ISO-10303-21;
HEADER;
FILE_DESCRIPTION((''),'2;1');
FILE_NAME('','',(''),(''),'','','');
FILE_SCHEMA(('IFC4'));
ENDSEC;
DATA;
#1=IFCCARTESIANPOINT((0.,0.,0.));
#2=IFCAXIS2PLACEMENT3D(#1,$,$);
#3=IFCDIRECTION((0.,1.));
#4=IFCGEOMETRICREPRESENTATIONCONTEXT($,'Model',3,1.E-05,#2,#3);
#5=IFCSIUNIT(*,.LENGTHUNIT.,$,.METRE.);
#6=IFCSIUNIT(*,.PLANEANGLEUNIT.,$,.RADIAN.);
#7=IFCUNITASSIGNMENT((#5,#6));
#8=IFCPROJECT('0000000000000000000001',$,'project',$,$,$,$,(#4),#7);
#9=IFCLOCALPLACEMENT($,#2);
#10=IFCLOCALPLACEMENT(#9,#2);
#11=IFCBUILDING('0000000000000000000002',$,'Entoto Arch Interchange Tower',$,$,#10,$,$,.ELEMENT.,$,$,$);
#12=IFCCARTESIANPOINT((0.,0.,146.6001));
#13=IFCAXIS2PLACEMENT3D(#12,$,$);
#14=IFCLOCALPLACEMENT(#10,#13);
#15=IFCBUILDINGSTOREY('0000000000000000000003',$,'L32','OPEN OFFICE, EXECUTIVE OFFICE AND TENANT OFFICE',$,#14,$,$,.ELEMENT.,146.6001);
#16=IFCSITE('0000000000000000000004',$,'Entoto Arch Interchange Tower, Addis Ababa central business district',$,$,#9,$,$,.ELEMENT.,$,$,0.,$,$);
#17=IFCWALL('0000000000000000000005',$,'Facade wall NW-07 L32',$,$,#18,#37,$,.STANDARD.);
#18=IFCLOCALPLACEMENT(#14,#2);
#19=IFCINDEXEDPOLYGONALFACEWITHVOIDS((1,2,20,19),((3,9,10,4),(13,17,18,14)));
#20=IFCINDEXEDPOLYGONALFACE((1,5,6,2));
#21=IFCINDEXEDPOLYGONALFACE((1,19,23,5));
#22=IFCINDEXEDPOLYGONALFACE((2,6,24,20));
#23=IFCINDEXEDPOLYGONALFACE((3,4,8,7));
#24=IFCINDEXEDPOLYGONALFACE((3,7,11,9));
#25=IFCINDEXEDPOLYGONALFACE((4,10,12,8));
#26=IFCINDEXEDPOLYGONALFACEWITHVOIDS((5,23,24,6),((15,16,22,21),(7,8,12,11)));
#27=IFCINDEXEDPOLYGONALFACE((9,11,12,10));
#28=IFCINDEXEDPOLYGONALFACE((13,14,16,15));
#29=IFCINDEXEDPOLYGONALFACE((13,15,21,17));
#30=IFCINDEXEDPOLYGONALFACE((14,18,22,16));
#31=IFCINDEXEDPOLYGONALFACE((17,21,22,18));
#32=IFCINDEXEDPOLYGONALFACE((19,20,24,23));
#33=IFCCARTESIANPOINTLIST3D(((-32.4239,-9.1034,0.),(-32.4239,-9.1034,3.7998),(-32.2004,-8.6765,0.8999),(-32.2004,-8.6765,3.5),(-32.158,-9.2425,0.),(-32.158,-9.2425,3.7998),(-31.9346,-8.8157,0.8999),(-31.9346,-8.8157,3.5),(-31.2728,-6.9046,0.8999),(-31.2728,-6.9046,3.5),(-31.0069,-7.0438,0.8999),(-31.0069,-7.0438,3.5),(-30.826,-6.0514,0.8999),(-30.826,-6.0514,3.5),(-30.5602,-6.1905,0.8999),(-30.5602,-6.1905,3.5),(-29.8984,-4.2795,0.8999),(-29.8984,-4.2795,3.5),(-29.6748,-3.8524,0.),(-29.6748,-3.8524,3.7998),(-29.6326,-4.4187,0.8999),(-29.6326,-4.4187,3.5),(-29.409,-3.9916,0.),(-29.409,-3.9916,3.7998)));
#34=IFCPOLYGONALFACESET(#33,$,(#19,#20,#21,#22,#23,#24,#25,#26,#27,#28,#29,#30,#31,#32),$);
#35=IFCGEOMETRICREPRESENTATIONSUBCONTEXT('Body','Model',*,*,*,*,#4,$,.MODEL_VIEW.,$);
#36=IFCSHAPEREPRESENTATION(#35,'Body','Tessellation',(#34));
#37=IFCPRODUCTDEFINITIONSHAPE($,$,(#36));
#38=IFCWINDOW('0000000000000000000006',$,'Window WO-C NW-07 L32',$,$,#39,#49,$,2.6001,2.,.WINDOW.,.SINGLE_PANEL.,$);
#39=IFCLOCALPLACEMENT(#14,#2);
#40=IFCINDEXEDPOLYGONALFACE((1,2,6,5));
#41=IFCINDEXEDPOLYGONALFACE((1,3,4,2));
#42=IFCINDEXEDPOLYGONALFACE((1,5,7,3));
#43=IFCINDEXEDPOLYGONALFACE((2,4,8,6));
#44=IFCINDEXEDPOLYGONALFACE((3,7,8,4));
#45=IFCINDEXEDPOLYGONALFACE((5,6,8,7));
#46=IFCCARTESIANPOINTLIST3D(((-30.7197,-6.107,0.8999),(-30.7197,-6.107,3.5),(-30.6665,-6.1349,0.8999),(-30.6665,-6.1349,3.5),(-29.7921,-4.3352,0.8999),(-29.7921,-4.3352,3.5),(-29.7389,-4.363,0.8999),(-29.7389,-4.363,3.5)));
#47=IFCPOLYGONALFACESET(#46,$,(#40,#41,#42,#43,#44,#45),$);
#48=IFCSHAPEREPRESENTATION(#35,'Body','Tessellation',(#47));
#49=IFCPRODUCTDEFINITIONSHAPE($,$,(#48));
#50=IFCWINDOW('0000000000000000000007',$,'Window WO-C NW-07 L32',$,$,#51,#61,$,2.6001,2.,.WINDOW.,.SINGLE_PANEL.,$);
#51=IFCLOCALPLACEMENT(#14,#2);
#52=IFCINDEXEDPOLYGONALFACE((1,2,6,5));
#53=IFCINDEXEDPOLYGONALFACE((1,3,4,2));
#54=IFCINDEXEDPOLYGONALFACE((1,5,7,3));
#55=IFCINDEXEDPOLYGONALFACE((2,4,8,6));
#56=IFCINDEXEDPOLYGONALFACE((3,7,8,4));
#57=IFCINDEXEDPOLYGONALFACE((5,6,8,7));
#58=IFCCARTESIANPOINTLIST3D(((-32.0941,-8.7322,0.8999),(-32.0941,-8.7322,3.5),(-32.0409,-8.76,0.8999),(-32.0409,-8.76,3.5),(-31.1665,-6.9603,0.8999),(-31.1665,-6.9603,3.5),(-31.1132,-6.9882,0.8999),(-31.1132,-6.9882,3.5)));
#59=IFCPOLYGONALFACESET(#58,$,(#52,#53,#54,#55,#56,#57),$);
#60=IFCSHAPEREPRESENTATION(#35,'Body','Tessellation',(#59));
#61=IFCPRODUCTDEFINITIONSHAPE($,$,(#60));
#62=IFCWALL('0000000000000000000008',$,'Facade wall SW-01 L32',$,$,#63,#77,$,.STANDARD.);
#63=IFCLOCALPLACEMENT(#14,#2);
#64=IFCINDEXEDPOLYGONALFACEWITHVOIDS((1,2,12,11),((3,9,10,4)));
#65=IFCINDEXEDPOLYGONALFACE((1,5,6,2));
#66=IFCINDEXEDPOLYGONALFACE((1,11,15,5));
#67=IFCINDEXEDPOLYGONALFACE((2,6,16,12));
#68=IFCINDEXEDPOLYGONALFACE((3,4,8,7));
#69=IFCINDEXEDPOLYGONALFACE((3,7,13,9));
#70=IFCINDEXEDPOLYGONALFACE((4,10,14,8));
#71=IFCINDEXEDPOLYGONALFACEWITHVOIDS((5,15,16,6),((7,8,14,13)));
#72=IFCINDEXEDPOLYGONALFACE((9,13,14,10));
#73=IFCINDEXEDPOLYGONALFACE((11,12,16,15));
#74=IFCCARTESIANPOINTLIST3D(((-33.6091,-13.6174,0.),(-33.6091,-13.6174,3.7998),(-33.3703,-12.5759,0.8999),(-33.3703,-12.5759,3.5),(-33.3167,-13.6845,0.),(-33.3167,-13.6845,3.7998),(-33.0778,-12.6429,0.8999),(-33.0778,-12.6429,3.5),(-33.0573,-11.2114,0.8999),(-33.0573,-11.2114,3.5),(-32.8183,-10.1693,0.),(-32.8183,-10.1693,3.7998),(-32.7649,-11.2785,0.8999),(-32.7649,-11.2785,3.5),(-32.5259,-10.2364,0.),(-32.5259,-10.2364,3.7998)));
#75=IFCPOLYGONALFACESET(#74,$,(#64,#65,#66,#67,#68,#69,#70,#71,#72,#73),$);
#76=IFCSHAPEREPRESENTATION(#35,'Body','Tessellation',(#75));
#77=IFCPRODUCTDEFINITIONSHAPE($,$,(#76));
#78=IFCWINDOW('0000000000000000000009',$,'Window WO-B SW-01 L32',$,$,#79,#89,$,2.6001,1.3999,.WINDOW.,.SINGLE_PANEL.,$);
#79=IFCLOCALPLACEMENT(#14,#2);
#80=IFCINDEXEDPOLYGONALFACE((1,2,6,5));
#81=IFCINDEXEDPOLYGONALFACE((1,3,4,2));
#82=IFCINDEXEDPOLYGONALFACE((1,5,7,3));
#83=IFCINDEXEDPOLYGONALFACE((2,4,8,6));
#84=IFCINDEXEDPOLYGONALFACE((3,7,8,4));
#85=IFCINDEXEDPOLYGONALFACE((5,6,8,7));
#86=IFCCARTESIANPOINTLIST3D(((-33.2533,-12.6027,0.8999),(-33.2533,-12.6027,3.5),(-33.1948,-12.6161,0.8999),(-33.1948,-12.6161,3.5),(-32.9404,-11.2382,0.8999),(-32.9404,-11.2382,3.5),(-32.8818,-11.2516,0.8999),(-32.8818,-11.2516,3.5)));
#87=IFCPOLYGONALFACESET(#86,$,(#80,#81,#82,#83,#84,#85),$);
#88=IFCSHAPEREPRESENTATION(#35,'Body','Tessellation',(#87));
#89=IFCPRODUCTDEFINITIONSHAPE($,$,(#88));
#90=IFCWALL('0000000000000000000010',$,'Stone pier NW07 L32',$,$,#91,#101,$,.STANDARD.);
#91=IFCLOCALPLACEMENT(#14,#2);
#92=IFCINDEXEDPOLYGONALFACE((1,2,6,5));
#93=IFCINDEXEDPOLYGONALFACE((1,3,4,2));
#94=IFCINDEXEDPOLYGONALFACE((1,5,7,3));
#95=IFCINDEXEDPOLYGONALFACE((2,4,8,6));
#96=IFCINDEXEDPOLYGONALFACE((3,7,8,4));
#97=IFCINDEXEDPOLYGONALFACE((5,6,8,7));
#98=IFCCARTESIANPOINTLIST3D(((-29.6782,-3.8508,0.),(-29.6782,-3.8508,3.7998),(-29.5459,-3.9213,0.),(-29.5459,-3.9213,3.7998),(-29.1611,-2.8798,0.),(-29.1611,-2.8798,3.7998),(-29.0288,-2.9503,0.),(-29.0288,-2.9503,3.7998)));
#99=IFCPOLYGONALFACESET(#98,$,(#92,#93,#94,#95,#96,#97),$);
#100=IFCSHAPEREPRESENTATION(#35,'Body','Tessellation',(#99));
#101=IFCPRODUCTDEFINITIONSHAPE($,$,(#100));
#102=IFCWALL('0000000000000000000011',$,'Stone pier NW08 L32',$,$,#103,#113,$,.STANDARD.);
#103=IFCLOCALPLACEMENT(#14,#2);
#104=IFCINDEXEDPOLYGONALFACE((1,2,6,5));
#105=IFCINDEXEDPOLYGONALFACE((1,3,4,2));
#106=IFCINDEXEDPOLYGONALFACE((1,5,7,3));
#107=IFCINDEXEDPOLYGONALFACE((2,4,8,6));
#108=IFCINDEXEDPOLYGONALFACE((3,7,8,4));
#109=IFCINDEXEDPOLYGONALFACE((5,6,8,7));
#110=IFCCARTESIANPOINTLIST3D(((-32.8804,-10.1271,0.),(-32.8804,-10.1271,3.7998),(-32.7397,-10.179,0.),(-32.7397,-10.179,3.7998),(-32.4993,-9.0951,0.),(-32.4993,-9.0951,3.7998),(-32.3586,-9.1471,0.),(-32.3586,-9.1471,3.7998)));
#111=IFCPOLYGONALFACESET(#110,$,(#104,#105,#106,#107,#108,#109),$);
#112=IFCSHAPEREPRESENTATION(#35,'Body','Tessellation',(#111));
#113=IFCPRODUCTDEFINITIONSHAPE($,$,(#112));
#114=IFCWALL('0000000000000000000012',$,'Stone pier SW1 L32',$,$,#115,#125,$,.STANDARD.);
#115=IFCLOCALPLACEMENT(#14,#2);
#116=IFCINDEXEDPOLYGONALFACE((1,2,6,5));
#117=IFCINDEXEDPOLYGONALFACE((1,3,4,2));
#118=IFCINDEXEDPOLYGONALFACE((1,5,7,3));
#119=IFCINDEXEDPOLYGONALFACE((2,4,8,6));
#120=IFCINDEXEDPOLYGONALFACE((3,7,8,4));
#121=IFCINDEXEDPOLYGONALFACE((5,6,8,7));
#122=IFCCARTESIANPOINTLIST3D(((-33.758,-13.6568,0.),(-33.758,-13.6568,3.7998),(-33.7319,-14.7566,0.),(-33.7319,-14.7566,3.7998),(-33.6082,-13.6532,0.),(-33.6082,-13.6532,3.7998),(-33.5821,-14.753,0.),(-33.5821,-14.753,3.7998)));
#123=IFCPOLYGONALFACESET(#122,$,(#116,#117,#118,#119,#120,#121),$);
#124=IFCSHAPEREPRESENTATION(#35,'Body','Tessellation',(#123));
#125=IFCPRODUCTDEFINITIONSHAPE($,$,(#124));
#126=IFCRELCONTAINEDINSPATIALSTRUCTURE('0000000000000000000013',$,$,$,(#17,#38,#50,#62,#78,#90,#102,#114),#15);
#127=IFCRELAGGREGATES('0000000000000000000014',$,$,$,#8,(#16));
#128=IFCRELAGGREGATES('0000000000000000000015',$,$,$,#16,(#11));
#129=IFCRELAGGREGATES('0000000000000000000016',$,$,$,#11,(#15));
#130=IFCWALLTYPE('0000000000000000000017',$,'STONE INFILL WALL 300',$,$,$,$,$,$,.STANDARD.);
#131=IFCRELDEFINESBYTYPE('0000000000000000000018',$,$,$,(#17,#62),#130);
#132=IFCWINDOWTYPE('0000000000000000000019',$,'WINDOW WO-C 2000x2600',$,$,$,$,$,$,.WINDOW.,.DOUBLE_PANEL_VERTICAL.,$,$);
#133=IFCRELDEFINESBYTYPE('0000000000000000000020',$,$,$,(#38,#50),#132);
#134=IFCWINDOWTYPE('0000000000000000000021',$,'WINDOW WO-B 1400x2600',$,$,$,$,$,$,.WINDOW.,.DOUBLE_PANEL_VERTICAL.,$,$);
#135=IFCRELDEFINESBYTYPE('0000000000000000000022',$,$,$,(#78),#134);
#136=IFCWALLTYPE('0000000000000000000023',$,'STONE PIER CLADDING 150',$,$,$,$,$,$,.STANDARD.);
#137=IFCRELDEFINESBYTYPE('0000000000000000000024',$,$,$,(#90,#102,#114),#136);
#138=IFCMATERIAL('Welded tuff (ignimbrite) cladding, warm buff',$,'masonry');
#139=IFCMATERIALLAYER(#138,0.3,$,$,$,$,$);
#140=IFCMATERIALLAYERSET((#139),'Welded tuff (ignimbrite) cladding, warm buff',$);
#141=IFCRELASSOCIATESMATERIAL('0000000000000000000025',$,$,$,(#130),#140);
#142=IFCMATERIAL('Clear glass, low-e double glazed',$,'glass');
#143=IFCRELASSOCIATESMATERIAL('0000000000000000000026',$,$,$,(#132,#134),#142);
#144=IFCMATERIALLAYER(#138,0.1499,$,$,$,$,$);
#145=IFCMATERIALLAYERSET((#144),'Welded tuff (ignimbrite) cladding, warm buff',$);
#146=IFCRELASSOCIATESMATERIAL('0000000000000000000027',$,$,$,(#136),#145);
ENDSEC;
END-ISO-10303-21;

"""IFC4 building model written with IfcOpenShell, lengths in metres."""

from ifc_helpers import new_model, si_unit, direction, frame, frame_2d, origin, place, context, subcontext, project, spatial, rectangle, extrude, material, layer, layer_set, type_object, element, fill, save


model = new_model("IFC4")

# Units and contexts
model_context = context("Model", 3, precision=1e-05, world=origin(), true_north=direction((0.0, 1.0)))
body_context = subcontext(model_context, "Body", "Model", "MODEL_VIEW")
ifc_project = project(units=[si_unit("LENGTHUNIT", "METRE"), si_unit("PLANEANGLEUNIT", "RADIAN")], contexts=[model_context])

# Site, building, storey
site_placement = place(None, origin())
site = spatial("IfcSite", under=ifc_project, at=site_placement, Name="Entoto Arch Interchange Tower, Addis Ababa central business district", CompositionType="ELEMENT", RefElevation=0.0)
building_placement = place(site_placement, origin())
building = spatial("IfcBuilding", under=site, at=building_placement, Name="Entoto Arch Interchange Tower", CompositionType="ELEMENT")
storey_placement = place(building_placement, frame((0.0, 0.0, 146.6001)))
storey = spatial("IfcBuildingStorey", under=building, at=storey_placement, Name="L32", Description="OPEN OFFICE, EXECUTIVE OFFICE AND TENANT OFFICE", CompositionType="ELEMENT", Elevation=146.6001)

# Wall, openings, windows
ifc_material_1 = material(Name="Welded tuff (ignimbrite) cladding, warm buff", Category="masonry")
ifc_layer_1 = layer(ifc_material_1, 0.3)
ifc_layer_set_1 = layer_set([ifc_layer_1], Name="Welded tuff (ignimbrite) cladding, warm buff")
wall_type_1 = type_object("IfcWallType", Name="STONE INFILL WALL 300", PredefinedType="STANDARD", material=ifc_layer_set_1)
wall_1_placement = place(storey_placement, frame((-29.542, -3.9221, 0.0), z_axis=(0.0, 0.0, 1.0), x_axis=(-0.46381, -0.885935, 0.0)))
wall_1 = element("IfcWall", 1, at=wall_1_placement, inside=storey, type_object=wall_type_1, Name="Facade wall NW-07 L32", PredefinedType="STANDARD", context=body_context, shape_type="SweptSolid", body=[
    extrude(rectangle(XDim=5.927, YDim=0.3, at=frame_2d((2.9634, 0.0))), origin(), (0.0, 0.0, 1.0), 3.7998),
])
opening_1_placement = place(wall_1_placement, frame((0.4819, 0.0, 0.8999)))
opening_1 = element("IfcOpeningElement", 2, at=opening_1_placement, cuts=wall_1, PredefinedType="OPENING", context=body_context, shape_type="SweptSolid", body=[
    extrude(rectangle(XDim=2.0, YDim=2.6001, at=frame_2d((1.0, 1.3))), frame((0.0, 0.1602, 0.0), z_axis=(0.0, -1.0, 0.0), x_axis=(1.0, 0.0, 0.0)), (0.0, 0.0, 1.0), 0.3201),
])
opening_2_placement = place(wall_1_placement, frame((3.4451, 0.0, 0.8999)))
opening_2 = element("IfcOpeningElement", 3, at=opening_2_placement, cuts=wall_1, PredefinedType="OPENING", context=body_context, shape_type="SweptSolid", body=[
    extrude(rectangle(XDim=2.0, YDim=2.6001, at=frame_2d((1.0, 1.3))), frame((0.0, 0.1602, 0.0), z_axis=(0.0, -1.0, 0.0), x_axis=(1.0, 0.0, 0.0)), (0.0, 0.0, 1.0), 0.3201),
])
ifc_material_2 = material(Name="Clear glass, low-e double glazed", Category="glass")
window_type_1 = type_object("IfcWindowType", Name="WINDOW WO-C 2000x2600", PartitioningType="DOUBLE_PANEL_VERTICAL", PredefinedType="WINDOW", material=ifc_material_2)
window_1_placement = place(opening_1_placement, origin())
window_1 = element("IfcWindow", 4, at=window_1_placement, inside=storey, type_object=window_type_1, Name="Window WO-C NW-07 L32", OverallHeight=2.6001, OverallWidth=2.0, PartitioningType="SINGLE_PANEL", PredefinedType="WINDOW", context=body_context, shape_type="SweptSolid", body=[
    extrude(rectangle(XDim=2.0, YDim=2.6001, at=frame_2d((1.0, 1.3))), frame((0.0, 0.03, 0.0), z_axis=(0.0, -1.0, 0.0), x_axis=(1.0, 0.0, 0.0)), (0.0, 0.0, 1.0), 0.0601),
])
fill(opening_1, window_1)
window_2_placement = place(opening_2_placement, origin())
window_2 = element("IfcWindow", 5, at=window_2_placement, inside=storey, type_object=window_type_1, Name="Window WO-C NW-07 L32", OverallHeight=2.6001, OverallWidth=2.0, PartitioningType="SINGLE_PANEL", PredefinedType="WINDOW", context=body_context, shape_type="SweptSolid", body=[
    extrude(rectangle(XDim=2.0, YDim=2.6001, at=frame_2d((1.0, 1.3))), frame((0.0, 0.03, 0.0), z_axis=(0.0, -1.0, 0.0), x_axis=(1.0, 0.0, 0.0)), (0.0, 0.0, 1.0), 0.0601),
])
fill(opening_2, window_2)

# Wall, opening, window
wall_2_placement = place(storey_placement, frame((-32.6721, -10.2029, 0.0), z_axis=(0.0, 0.0, 1.0), x_axis=(-0.223539, -0.974695, 0.0)))
wall_2 = element("IfcWall", 6, at=wall_2_placement, inside=storey, type_object=wall_type_1, Name="Facade wall SW-01 L32", PredefinedType="STANDARD", context=body_context, shape_type="SweptSolid", body=[
    extrude(rectangle(XDim=3.5376, YDim=0.3, at=frame_2d((1.7688, 0.0))), origin(), (0.0, 0.0, 1.0), 3.7998),
])
opening_3_placement = place(wall_2_placement, frame((1.0691, 0.0, 0.8999)))
opening_3 = element("IfcOpeningElement", 7, at=opening_3_placement, cuts=wall_2, PredefinedType="OPENING", context=body_context, shape_type="SweptSolid", body=[
    extrude(rectangle(XDim=1.3999, YDim=2.6001, at=frame_2d((0.7, 1.3))), frame((0.0, 0.1602, 0.0), z_axis=(0.0, -1.0, 0.0), x_axis=(1.0, 0.0, 0.0)), (0.0, 0.0, 1.0), 0.3201),
])
window_type_2 = type_object("IfcWindowType", Name="WINDOW WO-B 1400x2600", PartitioningType="DOUBLE_PANEL_VERTICAL", PredefinedType="WINDOW", material=ifc_material_2)
window_3_placement = place(opening_3_placement, origin())
window_3 = element("IfcWindow", 8, at=window_3_placement, inside=storey, type_object=window_type_2, Name="Window WO-B SW-01 L32", OverallHeight=2.6001, OverallWidth=1.3999, PartitioningType="SINGLE_PANEL", PredefinedType="WINDOW", context=body_context, shape_type="SweptSolid", body=[
    extrude(rectangle(XDim=1.3999, YDim=2.6001, at=frame_2d((0.7, 1.3))), frame((0.0, 0.03, 0.0), z_axis=(0.0, -1.0, 0.0), x_axis=(1.0, 0.0, 0.0)), (0.0, 0.0, 1.0), 0.0601),
])
fill(opening_3, window_3)

# Walls
ifc_layer_2 = layer(ifc_material_1, 0.1499)
ifc_layer_set_2 = layer_set([ifc_layer_2], Name="Welded tuff (ignimbrite) cladding, warm buff")
wall_type_2 = type_object("IfcWallType", Name="STONE PIER CLADDING 150", PredefinedType="STANDARD", material=ifc_layer_set_2)
for number, where, z_axis, x_axis, name in (
    (9, (-29.095, -2.915, 0.0), (0.0, 0.0, 1.0), (-0.470058, -0.882635, 0.0), "Stone pier NW07 L32"),
    (10, (-32.429, -9.1211, 0.0), (0.0, 0.0, 1.0), (-0.346425, -0.938078, 0.0), "Stone pier NW08 L32"),
    (11, (-33.6831, -13.655, 0.0), (0.0, 0.0, 1.0), (0.023745, -0.999718, 0.0), "Stone pier SW1 L32"),
):
    element("IfcWall", number, at=place(storey_placement, frame(where, z_axis=z_axis, x_axis=x_axis)), inside=storey, type_object=wall_type_2, Name=name, PredefinedType="STANDARD", context=body_context, shape_type="SweptSolid", body=[
        extrude(rectangle(XDim=1.1001, YDim=0.1499, at=frame_2d((0.55, 0.0))), origin(), (0.0, 0.0, 1.0), 3.7998),
    ])

save(model, "model.ifc")
